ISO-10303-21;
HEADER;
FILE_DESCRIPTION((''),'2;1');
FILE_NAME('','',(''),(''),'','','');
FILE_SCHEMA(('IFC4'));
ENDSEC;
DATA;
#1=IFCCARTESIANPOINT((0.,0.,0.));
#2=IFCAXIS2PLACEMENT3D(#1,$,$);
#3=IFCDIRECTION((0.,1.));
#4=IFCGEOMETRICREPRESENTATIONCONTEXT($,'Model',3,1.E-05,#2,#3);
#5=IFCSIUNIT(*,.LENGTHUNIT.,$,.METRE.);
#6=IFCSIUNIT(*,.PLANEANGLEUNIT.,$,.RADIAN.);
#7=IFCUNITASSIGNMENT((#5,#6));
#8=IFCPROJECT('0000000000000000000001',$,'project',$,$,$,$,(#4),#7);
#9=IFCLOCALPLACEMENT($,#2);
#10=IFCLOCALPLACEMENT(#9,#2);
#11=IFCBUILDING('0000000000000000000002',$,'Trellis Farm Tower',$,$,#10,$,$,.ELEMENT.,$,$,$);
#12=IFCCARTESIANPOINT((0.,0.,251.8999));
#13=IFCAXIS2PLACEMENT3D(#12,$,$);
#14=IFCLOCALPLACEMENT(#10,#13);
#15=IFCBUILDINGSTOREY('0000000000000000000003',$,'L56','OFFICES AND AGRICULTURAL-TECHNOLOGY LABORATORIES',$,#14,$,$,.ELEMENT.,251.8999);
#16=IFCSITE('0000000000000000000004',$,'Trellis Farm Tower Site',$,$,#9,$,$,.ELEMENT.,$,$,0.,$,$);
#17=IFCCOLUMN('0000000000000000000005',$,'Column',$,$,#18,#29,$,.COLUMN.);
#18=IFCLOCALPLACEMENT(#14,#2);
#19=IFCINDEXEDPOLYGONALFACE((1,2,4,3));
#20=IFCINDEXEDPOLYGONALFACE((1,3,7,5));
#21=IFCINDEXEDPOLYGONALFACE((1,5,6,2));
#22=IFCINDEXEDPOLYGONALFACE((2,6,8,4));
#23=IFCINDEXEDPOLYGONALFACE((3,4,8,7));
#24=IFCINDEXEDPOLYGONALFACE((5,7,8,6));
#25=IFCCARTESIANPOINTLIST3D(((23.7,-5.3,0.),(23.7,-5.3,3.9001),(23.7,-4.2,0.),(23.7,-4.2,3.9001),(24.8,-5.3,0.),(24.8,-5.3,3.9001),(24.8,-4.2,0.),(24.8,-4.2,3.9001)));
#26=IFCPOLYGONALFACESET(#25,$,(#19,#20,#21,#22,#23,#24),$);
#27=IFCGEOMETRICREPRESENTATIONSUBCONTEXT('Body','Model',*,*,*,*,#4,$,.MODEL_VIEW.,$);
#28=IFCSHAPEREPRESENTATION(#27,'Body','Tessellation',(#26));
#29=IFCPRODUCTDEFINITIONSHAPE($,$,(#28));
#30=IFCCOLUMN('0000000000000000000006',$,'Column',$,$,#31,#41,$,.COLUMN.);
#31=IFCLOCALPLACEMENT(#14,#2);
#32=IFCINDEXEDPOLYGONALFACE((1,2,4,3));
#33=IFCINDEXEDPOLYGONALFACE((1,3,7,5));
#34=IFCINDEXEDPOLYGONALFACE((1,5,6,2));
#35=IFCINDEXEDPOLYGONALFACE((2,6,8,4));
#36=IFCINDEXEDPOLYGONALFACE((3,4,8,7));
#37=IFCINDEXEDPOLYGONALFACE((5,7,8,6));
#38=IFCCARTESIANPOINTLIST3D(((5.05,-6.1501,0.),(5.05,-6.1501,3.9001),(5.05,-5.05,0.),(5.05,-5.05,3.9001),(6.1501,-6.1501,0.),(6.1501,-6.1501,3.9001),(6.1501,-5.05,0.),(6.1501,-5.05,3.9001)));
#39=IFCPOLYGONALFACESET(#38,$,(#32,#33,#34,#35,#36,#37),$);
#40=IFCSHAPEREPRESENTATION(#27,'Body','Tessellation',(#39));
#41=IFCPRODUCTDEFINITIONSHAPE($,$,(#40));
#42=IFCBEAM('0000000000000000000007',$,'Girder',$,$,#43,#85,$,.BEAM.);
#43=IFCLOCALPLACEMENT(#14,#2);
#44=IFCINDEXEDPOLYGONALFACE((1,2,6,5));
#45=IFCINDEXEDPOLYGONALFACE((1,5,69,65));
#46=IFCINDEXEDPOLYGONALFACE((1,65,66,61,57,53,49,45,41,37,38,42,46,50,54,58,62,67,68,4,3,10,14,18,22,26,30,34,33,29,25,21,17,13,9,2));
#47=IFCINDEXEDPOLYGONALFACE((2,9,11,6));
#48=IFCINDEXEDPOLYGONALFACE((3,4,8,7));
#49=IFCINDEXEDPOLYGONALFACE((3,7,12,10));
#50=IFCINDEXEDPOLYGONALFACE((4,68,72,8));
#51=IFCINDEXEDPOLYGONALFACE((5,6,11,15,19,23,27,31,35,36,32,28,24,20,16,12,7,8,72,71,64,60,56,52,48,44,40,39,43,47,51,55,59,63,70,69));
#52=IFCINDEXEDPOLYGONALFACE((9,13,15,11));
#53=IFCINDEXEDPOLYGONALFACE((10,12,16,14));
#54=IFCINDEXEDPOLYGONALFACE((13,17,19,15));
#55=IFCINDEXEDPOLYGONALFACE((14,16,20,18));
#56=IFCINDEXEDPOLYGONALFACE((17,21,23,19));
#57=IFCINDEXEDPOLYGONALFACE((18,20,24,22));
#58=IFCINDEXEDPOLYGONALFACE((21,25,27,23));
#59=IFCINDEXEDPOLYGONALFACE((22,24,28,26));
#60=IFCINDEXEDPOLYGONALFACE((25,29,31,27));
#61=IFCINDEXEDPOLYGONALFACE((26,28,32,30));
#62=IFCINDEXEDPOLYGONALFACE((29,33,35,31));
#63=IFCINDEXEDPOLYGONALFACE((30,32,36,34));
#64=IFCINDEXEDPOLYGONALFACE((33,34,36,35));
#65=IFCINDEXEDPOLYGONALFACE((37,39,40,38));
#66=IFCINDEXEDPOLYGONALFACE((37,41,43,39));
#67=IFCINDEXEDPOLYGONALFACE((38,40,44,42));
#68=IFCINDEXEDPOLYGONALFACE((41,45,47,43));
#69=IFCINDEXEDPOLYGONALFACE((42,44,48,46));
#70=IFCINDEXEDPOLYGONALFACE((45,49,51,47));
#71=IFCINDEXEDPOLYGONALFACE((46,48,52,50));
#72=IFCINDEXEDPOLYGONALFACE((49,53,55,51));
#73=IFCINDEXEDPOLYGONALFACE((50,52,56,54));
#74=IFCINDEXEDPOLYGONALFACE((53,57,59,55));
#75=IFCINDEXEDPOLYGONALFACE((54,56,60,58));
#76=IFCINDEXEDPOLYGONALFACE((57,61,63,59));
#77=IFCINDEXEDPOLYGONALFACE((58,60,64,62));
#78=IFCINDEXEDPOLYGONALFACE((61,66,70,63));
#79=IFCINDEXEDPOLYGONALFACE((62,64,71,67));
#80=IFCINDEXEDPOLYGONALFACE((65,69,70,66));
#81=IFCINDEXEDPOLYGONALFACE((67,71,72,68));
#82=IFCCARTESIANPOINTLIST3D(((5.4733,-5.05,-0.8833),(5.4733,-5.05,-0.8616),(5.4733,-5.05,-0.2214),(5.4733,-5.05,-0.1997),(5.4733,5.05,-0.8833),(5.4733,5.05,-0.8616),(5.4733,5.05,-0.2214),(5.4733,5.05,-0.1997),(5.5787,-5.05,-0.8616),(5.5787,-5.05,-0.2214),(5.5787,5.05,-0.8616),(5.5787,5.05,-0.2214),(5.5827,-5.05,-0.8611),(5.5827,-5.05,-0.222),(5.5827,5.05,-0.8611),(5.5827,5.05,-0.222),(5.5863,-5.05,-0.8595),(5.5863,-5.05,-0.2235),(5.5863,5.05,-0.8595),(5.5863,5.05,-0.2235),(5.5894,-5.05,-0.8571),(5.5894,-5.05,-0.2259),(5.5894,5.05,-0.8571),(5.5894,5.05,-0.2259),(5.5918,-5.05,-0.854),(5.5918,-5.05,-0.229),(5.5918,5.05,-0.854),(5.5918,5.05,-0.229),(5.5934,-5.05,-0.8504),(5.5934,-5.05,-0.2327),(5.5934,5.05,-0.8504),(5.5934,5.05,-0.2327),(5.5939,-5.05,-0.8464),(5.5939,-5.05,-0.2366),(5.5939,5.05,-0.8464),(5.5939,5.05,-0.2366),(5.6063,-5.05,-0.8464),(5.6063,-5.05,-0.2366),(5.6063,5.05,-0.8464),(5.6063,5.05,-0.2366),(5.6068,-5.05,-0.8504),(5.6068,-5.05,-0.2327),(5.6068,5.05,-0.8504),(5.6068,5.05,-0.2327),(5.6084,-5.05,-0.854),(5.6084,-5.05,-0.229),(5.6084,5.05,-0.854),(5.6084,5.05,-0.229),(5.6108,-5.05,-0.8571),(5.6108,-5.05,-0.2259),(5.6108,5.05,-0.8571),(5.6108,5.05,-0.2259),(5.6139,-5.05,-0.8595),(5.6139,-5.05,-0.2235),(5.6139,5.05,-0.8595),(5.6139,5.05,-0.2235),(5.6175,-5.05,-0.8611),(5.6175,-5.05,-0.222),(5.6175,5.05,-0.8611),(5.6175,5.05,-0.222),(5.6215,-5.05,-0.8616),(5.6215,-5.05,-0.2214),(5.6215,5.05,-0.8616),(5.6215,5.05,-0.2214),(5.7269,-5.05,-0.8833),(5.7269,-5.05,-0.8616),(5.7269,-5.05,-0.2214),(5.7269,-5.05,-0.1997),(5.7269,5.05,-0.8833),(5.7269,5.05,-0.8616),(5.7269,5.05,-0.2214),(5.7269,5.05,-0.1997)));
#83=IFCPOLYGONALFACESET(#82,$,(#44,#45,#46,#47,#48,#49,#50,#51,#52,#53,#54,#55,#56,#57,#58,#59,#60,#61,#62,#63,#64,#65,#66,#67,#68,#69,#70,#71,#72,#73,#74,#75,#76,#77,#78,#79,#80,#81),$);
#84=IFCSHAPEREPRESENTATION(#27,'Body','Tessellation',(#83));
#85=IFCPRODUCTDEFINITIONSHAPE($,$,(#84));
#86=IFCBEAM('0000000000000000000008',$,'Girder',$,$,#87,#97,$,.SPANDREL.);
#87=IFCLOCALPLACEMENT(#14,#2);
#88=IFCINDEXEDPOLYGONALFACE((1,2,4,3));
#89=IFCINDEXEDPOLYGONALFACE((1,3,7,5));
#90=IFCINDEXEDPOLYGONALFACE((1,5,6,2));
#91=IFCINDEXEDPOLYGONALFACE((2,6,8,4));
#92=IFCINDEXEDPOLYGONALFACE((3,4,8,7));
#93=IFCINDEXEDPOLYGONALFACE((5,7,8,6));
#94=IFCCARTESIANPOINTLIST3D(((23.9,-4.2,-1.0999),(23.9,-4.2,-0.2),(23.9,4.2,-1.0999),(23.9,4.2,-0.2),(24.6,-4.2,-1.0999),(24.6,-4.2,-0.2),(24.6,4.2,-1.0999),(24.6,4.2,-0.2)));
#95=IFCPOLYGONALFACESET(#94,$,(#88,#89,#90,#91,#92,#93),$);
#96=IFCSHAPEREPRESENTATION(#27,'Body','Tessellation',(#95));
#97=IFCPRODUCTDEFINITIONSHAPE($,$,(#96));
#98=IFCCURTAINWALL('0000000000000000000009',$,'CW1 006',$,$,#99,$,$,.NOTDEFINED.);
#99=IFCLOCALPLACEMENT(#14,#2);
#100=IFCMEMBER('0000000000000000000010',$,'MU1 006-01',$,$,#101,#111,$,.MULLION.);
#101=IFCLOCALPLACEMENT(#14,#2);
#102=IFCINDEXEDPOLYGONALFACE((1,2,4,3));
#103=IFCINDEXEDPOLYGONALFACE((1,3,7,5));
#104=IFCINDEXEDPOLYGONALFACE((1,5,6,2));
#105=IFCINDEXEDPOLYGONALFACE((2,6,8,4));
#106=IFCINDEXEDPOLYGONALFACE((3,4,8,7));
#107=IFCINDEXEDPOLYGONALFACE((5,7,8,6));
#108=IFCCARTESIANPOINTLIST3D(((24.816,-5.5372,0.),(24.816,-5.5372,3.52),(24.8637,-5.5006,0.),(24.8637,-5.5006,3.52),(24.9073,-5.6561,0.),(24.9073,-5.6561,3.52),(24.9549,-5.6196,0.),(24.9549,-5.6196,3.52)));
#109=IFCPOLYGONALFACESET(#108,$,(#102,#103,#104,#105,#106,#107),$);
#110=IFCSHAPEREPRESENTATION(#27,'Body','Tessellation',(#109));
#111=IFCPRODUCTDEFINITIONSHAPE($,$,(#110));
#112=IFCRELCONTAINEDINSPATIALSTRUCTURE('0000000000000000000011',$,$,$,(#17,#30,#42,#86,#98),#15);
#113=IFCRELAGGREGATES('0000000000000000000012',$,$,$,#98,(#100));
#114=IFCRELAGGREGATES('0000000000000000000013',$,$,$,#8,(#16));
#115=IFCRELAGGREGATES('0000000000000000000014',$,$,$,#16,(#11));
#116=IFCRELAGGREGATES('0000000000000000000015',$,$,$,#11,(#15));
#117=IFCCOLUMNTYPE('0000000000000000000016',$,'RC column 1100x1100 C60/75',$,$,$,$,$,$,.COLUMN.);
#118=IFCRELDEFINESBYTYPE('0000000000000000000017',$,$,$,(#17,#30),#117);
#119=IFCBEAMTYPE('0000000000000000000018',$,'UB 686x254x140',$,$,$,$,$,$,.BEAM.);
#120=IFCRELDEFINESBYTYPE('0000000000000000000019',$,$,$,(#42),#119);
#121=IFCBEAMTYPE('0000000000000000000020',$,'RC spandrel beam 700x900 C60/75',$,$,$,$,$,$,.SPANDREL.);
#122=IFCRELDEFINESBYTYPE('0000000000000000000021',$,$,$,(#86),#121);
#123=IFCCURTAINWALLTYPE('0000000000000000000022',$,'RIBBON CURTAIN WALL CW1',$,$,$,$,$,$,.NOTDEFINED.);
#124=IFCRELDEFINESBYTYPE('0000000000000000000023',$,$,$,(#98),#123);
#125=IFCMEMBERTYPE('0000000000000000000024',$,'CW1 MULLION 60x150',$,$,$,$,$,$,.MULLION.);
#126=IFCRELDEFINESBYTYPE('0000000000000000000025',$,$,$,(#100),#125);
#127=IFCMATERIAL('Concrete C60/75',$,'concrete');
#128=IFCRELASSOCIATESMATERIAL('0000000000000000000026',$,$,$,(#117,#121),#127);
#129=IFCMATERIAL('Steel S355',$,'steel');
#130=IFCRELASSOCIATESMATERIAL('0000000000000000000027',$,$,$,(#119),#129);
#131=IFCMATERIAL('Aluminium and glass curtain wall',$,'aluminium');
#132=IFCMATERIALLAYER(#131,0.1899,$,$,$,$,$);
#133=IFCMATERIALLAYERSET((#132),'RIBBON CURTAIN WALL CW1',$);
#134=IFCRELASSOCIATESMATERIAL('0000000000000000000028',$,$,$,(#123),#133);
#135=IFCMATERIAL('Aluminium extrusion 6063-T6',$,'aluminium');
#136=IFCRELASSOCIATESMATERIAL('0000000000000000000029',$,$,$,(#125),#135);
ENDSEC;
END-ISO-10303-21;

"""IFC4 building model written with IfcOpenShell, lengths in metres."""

from ifc_helpers import new_model, si_unit, direction, frame, origin, origin_2d, place, context, subcontext, project, spatial, rectangle, i_section, extrude, source, transform, mapped, material, layer, layer_set, material_profile, profile_set, type_object, element, aggregate, save


model = new_model("IFC4")

# Units and contexts
model_context = context("Model", 3, precision=1e-05, world=origin(), true_north=direction((0.0, 1.0)))
body_context = subcontext(model_context, "Body", "Model", "MODEL_VIEW")
ifc_project = project(units=[si_unit("LENGTHUNIT", "METRE"), si_unit("PLANEANGLEUNIT", "RADIAN")], contexts=[model_context])

# Site, building, storey
site_placement = place(None, origin())
site = spatial("IfcSite", under=ifc_project, at=site_placement, Name="Trellis Farm Tower Site", CompositionType="ELEMENT", RefElevation=0.0)
building_placement = place(site_placement, origin())
building = spatial("IfcBuilding", under=site, at=building_placement, Name="Trellis Farm Tower", CompositionType="ELEMENT")
storey_placement = place(building_placement, frame((0.0, 0.0, 251.8999)))
storey = spatial("IfcBuildingStorey", under=building, at=storey_placement, Name="L56", Description="OFFICES AND AGRICULTURAL-TECHNOLOGY LABORATORIES", CompositionType="ELEMENT", Elevation=251.8999)

# Columns
ifc_material_1 = material(Name="Concrete C60/75", Category="concrete")
ifc_material_profile_1 = material_profile(ifc_material_1, rectangle(XDim=1.1001, YDim=1.1001, at=origin_2d()), Name="RC column 1100x1100 C60/75")
ifc_profile_set_1 = profile_set([ifc_material_profile_1], Name="Concrete C60/75")
column_type = type_object("IfcColumnType", Name="RC column 1100x1100 C60/75", PredefinedType="COLUMN", material=ifc_profile_set_1)
shared_shape_1 = source(origin(), body_context, "Body", "SweptSolid", [
    extrude(rectangle(XDim=1.1001, YDim=1.1001, at=origin_2d()), origin(), (0.0, 0.0, 1.0), 3.9001),
])
for number, where, z_axis, x_axis, name in (
    (1, (24.25, -4.75, 0.0), (0.0, 0.0, 1.0), (1.0, 0.0, 0.0), "Column"),
    (2, (5.6001, -5.6001, 0.0), (0.0, 0.0, 1.0), (1.0, 0.0, 0.0), "Column"),
):
    element("IfcColumn", number, at=place(storey_placement, frame(where, z_axis=z_axis, x_axis=x_axis)), inside=storey, type_object=column_type, Name=name, PredefinedType="COLUMN", context=body_context, shape_type="MappedRepresentation", body=[
        mapped(shared_shape_1, transform((0.0, 0.0, 0.0))),
    ])

# Beams
ifc_material_2 = material(Name="Steel S355", Category="steel")
ifc_material_profile_2 = material_profile(ifc_material_2, i_section(OverallWidth=0.2537, OverallDepth=0.6836, WebThickness=0.0125, FlangeThickness=0.0217, FilletRadius=0.0151, at=origin_2d()), Name="UB 686x254x140")
ifc_profile_set_2 = profile_set([ifc_material_profile_2], Name="Steel S355")
beam_type_1 = type_object("IfcBeamType", Name="UB 686x254x140", PredefinedType="BEAM", material=ifc_profile_set_2)
shared_shape_2 = source(origin(), body_context, "Body", "SweptSolid", [
    extrude(i_section(OverallWidth=0.2537, OverallDepth=0.6836, WebThickness=0.0125, FlangeThickness=0.0217, FilletRadius=0.0151, at=origin_2d()), origin(), (0.0, 0.0, 1.0), 10.1001),
])
beam_1_placement = place(storey_placement, frame((5.6001, -5.05, -0.5415), z_axis=(0.0, 1.0, 0.0), x_axis=(-1.0, 0.0, 0.0)))
element("IfcBeam", 3, at=beam_1_placement, inside=storey, type_object=beam_type_1, Name="Girder", PredefinedType="BEAM", context=body_context, shape_type="MappedRepresentation", body=[
    mapped(shared_shape_2, transform((0.0, 0.0, 0.0))),
])
ifc_material_profile_3 = material_profile(ifc_material_1, rectangle(XDim=0.7, YDim=0.8999, at=origin_2d()), Name="RC spandrel beam 700x900 C60/75")
ifc_profile_set_3 = profile_set([ifc_material_profile_3], Name="Concrete C60/75")
beam_type_2 = type_object("IfcBeamType", Name="RC spandrel beam 700x900 C60/75", PredefinedType="SPANDREL", material=ifc_profile_set_3)
shared_shape_3 = source(origin(), body_context, "Body", "SweptSolid", [
    extrude(rectangle(XDim=0.7, YDim=0.8999, at=origin_2d()), origin(), (0.0, 0.0, 1.0), 8.3999),
])
beam_2_placement = place(storey_placement, frame((24.25, -4.2, -0.6499), z_axis=(0.0, 1.0, 0.0), x_axis=(-1.0, 0.0, 0.0)))
element("IfcBeam", 4, at=beam_2_placement, inside=storey, type_object=beam_type_2, Name="Girder", PredefinedType="SPANDREL", context=body_context, shape_type="MappedRepresentation", body=[
    mapped(shared_shape_3, transform((0.0, 0.0, 0.0))),
])

# Curtain wall, member
ifc_material_3 = material(Name="Aluminium and glass curtain wall", Category="aluminium")
ifc_layer_1 = layer(ifc_material_3, 0.1899)
ifc_layer_set_1 = layer_set([ifc_layer_1], Name="RIBBON CURTAIN WALL CW1")
curtain_wall_type = type_object("IfcCurtainWallType", Name="RIBBON CURTAIN WALL CW1", PredefinedType="NOTDEFINED", material=ifc_layer_set_1)
placement = place(storey_placement, origin())
curtain_wall = element("IfcCurtainWall", 5, at=placement, inside=storey, type_object=curtain_wall_type, Name="CW1 006", PredefinedType="NOTDEFINED")
ifc_material_4 = material(Name="Aluminium extrusion 6063-T6", Category="aluminium")
ifc_material_profile_4 = material_profile(ifc_material_4, rectangle(XDim=0.0601, YDim=0.1499, at=origin_2d()), Name="MULLION 60x150")
ifc_profile_set_4 = profile_set([ifc_material_profile_4], Name="Aluminium extrusion 6063-T6")
member_type = type_object("IfcMemberType", Name="CW1 MULLION 60x150", PredefinedType="MULLION", material=ifc_profile_set_4)
shared_shape_4 = source(origin(), body_context, "Body", "SweptSolid", [
    extrude(rectangle(XDim=0.0601, YDim=0.1499, at=origin_2d()), origin(), (0.0, 0.0, 1.0), 3.52),
])
member_placement = place(storey_placement, frame((24.8855, -5.5784, 0.0), z_axis=(0.0, 0.0, 1.0), x_axis=(0.793353, 0.608761, 0.0)))
member = element("IfcMember", 6, at=member_placement, type_object=member_type, Name="MU1 006-01", PredefinedType="MULLION", context=body_context, shape_type="MappedRepresentation", body=[
    mapped(shared_shape_4, transform((0.0, 0.0, 0.0))),
])
aggregate(curtain_wall, [member])

save(model, "model.ifc")
